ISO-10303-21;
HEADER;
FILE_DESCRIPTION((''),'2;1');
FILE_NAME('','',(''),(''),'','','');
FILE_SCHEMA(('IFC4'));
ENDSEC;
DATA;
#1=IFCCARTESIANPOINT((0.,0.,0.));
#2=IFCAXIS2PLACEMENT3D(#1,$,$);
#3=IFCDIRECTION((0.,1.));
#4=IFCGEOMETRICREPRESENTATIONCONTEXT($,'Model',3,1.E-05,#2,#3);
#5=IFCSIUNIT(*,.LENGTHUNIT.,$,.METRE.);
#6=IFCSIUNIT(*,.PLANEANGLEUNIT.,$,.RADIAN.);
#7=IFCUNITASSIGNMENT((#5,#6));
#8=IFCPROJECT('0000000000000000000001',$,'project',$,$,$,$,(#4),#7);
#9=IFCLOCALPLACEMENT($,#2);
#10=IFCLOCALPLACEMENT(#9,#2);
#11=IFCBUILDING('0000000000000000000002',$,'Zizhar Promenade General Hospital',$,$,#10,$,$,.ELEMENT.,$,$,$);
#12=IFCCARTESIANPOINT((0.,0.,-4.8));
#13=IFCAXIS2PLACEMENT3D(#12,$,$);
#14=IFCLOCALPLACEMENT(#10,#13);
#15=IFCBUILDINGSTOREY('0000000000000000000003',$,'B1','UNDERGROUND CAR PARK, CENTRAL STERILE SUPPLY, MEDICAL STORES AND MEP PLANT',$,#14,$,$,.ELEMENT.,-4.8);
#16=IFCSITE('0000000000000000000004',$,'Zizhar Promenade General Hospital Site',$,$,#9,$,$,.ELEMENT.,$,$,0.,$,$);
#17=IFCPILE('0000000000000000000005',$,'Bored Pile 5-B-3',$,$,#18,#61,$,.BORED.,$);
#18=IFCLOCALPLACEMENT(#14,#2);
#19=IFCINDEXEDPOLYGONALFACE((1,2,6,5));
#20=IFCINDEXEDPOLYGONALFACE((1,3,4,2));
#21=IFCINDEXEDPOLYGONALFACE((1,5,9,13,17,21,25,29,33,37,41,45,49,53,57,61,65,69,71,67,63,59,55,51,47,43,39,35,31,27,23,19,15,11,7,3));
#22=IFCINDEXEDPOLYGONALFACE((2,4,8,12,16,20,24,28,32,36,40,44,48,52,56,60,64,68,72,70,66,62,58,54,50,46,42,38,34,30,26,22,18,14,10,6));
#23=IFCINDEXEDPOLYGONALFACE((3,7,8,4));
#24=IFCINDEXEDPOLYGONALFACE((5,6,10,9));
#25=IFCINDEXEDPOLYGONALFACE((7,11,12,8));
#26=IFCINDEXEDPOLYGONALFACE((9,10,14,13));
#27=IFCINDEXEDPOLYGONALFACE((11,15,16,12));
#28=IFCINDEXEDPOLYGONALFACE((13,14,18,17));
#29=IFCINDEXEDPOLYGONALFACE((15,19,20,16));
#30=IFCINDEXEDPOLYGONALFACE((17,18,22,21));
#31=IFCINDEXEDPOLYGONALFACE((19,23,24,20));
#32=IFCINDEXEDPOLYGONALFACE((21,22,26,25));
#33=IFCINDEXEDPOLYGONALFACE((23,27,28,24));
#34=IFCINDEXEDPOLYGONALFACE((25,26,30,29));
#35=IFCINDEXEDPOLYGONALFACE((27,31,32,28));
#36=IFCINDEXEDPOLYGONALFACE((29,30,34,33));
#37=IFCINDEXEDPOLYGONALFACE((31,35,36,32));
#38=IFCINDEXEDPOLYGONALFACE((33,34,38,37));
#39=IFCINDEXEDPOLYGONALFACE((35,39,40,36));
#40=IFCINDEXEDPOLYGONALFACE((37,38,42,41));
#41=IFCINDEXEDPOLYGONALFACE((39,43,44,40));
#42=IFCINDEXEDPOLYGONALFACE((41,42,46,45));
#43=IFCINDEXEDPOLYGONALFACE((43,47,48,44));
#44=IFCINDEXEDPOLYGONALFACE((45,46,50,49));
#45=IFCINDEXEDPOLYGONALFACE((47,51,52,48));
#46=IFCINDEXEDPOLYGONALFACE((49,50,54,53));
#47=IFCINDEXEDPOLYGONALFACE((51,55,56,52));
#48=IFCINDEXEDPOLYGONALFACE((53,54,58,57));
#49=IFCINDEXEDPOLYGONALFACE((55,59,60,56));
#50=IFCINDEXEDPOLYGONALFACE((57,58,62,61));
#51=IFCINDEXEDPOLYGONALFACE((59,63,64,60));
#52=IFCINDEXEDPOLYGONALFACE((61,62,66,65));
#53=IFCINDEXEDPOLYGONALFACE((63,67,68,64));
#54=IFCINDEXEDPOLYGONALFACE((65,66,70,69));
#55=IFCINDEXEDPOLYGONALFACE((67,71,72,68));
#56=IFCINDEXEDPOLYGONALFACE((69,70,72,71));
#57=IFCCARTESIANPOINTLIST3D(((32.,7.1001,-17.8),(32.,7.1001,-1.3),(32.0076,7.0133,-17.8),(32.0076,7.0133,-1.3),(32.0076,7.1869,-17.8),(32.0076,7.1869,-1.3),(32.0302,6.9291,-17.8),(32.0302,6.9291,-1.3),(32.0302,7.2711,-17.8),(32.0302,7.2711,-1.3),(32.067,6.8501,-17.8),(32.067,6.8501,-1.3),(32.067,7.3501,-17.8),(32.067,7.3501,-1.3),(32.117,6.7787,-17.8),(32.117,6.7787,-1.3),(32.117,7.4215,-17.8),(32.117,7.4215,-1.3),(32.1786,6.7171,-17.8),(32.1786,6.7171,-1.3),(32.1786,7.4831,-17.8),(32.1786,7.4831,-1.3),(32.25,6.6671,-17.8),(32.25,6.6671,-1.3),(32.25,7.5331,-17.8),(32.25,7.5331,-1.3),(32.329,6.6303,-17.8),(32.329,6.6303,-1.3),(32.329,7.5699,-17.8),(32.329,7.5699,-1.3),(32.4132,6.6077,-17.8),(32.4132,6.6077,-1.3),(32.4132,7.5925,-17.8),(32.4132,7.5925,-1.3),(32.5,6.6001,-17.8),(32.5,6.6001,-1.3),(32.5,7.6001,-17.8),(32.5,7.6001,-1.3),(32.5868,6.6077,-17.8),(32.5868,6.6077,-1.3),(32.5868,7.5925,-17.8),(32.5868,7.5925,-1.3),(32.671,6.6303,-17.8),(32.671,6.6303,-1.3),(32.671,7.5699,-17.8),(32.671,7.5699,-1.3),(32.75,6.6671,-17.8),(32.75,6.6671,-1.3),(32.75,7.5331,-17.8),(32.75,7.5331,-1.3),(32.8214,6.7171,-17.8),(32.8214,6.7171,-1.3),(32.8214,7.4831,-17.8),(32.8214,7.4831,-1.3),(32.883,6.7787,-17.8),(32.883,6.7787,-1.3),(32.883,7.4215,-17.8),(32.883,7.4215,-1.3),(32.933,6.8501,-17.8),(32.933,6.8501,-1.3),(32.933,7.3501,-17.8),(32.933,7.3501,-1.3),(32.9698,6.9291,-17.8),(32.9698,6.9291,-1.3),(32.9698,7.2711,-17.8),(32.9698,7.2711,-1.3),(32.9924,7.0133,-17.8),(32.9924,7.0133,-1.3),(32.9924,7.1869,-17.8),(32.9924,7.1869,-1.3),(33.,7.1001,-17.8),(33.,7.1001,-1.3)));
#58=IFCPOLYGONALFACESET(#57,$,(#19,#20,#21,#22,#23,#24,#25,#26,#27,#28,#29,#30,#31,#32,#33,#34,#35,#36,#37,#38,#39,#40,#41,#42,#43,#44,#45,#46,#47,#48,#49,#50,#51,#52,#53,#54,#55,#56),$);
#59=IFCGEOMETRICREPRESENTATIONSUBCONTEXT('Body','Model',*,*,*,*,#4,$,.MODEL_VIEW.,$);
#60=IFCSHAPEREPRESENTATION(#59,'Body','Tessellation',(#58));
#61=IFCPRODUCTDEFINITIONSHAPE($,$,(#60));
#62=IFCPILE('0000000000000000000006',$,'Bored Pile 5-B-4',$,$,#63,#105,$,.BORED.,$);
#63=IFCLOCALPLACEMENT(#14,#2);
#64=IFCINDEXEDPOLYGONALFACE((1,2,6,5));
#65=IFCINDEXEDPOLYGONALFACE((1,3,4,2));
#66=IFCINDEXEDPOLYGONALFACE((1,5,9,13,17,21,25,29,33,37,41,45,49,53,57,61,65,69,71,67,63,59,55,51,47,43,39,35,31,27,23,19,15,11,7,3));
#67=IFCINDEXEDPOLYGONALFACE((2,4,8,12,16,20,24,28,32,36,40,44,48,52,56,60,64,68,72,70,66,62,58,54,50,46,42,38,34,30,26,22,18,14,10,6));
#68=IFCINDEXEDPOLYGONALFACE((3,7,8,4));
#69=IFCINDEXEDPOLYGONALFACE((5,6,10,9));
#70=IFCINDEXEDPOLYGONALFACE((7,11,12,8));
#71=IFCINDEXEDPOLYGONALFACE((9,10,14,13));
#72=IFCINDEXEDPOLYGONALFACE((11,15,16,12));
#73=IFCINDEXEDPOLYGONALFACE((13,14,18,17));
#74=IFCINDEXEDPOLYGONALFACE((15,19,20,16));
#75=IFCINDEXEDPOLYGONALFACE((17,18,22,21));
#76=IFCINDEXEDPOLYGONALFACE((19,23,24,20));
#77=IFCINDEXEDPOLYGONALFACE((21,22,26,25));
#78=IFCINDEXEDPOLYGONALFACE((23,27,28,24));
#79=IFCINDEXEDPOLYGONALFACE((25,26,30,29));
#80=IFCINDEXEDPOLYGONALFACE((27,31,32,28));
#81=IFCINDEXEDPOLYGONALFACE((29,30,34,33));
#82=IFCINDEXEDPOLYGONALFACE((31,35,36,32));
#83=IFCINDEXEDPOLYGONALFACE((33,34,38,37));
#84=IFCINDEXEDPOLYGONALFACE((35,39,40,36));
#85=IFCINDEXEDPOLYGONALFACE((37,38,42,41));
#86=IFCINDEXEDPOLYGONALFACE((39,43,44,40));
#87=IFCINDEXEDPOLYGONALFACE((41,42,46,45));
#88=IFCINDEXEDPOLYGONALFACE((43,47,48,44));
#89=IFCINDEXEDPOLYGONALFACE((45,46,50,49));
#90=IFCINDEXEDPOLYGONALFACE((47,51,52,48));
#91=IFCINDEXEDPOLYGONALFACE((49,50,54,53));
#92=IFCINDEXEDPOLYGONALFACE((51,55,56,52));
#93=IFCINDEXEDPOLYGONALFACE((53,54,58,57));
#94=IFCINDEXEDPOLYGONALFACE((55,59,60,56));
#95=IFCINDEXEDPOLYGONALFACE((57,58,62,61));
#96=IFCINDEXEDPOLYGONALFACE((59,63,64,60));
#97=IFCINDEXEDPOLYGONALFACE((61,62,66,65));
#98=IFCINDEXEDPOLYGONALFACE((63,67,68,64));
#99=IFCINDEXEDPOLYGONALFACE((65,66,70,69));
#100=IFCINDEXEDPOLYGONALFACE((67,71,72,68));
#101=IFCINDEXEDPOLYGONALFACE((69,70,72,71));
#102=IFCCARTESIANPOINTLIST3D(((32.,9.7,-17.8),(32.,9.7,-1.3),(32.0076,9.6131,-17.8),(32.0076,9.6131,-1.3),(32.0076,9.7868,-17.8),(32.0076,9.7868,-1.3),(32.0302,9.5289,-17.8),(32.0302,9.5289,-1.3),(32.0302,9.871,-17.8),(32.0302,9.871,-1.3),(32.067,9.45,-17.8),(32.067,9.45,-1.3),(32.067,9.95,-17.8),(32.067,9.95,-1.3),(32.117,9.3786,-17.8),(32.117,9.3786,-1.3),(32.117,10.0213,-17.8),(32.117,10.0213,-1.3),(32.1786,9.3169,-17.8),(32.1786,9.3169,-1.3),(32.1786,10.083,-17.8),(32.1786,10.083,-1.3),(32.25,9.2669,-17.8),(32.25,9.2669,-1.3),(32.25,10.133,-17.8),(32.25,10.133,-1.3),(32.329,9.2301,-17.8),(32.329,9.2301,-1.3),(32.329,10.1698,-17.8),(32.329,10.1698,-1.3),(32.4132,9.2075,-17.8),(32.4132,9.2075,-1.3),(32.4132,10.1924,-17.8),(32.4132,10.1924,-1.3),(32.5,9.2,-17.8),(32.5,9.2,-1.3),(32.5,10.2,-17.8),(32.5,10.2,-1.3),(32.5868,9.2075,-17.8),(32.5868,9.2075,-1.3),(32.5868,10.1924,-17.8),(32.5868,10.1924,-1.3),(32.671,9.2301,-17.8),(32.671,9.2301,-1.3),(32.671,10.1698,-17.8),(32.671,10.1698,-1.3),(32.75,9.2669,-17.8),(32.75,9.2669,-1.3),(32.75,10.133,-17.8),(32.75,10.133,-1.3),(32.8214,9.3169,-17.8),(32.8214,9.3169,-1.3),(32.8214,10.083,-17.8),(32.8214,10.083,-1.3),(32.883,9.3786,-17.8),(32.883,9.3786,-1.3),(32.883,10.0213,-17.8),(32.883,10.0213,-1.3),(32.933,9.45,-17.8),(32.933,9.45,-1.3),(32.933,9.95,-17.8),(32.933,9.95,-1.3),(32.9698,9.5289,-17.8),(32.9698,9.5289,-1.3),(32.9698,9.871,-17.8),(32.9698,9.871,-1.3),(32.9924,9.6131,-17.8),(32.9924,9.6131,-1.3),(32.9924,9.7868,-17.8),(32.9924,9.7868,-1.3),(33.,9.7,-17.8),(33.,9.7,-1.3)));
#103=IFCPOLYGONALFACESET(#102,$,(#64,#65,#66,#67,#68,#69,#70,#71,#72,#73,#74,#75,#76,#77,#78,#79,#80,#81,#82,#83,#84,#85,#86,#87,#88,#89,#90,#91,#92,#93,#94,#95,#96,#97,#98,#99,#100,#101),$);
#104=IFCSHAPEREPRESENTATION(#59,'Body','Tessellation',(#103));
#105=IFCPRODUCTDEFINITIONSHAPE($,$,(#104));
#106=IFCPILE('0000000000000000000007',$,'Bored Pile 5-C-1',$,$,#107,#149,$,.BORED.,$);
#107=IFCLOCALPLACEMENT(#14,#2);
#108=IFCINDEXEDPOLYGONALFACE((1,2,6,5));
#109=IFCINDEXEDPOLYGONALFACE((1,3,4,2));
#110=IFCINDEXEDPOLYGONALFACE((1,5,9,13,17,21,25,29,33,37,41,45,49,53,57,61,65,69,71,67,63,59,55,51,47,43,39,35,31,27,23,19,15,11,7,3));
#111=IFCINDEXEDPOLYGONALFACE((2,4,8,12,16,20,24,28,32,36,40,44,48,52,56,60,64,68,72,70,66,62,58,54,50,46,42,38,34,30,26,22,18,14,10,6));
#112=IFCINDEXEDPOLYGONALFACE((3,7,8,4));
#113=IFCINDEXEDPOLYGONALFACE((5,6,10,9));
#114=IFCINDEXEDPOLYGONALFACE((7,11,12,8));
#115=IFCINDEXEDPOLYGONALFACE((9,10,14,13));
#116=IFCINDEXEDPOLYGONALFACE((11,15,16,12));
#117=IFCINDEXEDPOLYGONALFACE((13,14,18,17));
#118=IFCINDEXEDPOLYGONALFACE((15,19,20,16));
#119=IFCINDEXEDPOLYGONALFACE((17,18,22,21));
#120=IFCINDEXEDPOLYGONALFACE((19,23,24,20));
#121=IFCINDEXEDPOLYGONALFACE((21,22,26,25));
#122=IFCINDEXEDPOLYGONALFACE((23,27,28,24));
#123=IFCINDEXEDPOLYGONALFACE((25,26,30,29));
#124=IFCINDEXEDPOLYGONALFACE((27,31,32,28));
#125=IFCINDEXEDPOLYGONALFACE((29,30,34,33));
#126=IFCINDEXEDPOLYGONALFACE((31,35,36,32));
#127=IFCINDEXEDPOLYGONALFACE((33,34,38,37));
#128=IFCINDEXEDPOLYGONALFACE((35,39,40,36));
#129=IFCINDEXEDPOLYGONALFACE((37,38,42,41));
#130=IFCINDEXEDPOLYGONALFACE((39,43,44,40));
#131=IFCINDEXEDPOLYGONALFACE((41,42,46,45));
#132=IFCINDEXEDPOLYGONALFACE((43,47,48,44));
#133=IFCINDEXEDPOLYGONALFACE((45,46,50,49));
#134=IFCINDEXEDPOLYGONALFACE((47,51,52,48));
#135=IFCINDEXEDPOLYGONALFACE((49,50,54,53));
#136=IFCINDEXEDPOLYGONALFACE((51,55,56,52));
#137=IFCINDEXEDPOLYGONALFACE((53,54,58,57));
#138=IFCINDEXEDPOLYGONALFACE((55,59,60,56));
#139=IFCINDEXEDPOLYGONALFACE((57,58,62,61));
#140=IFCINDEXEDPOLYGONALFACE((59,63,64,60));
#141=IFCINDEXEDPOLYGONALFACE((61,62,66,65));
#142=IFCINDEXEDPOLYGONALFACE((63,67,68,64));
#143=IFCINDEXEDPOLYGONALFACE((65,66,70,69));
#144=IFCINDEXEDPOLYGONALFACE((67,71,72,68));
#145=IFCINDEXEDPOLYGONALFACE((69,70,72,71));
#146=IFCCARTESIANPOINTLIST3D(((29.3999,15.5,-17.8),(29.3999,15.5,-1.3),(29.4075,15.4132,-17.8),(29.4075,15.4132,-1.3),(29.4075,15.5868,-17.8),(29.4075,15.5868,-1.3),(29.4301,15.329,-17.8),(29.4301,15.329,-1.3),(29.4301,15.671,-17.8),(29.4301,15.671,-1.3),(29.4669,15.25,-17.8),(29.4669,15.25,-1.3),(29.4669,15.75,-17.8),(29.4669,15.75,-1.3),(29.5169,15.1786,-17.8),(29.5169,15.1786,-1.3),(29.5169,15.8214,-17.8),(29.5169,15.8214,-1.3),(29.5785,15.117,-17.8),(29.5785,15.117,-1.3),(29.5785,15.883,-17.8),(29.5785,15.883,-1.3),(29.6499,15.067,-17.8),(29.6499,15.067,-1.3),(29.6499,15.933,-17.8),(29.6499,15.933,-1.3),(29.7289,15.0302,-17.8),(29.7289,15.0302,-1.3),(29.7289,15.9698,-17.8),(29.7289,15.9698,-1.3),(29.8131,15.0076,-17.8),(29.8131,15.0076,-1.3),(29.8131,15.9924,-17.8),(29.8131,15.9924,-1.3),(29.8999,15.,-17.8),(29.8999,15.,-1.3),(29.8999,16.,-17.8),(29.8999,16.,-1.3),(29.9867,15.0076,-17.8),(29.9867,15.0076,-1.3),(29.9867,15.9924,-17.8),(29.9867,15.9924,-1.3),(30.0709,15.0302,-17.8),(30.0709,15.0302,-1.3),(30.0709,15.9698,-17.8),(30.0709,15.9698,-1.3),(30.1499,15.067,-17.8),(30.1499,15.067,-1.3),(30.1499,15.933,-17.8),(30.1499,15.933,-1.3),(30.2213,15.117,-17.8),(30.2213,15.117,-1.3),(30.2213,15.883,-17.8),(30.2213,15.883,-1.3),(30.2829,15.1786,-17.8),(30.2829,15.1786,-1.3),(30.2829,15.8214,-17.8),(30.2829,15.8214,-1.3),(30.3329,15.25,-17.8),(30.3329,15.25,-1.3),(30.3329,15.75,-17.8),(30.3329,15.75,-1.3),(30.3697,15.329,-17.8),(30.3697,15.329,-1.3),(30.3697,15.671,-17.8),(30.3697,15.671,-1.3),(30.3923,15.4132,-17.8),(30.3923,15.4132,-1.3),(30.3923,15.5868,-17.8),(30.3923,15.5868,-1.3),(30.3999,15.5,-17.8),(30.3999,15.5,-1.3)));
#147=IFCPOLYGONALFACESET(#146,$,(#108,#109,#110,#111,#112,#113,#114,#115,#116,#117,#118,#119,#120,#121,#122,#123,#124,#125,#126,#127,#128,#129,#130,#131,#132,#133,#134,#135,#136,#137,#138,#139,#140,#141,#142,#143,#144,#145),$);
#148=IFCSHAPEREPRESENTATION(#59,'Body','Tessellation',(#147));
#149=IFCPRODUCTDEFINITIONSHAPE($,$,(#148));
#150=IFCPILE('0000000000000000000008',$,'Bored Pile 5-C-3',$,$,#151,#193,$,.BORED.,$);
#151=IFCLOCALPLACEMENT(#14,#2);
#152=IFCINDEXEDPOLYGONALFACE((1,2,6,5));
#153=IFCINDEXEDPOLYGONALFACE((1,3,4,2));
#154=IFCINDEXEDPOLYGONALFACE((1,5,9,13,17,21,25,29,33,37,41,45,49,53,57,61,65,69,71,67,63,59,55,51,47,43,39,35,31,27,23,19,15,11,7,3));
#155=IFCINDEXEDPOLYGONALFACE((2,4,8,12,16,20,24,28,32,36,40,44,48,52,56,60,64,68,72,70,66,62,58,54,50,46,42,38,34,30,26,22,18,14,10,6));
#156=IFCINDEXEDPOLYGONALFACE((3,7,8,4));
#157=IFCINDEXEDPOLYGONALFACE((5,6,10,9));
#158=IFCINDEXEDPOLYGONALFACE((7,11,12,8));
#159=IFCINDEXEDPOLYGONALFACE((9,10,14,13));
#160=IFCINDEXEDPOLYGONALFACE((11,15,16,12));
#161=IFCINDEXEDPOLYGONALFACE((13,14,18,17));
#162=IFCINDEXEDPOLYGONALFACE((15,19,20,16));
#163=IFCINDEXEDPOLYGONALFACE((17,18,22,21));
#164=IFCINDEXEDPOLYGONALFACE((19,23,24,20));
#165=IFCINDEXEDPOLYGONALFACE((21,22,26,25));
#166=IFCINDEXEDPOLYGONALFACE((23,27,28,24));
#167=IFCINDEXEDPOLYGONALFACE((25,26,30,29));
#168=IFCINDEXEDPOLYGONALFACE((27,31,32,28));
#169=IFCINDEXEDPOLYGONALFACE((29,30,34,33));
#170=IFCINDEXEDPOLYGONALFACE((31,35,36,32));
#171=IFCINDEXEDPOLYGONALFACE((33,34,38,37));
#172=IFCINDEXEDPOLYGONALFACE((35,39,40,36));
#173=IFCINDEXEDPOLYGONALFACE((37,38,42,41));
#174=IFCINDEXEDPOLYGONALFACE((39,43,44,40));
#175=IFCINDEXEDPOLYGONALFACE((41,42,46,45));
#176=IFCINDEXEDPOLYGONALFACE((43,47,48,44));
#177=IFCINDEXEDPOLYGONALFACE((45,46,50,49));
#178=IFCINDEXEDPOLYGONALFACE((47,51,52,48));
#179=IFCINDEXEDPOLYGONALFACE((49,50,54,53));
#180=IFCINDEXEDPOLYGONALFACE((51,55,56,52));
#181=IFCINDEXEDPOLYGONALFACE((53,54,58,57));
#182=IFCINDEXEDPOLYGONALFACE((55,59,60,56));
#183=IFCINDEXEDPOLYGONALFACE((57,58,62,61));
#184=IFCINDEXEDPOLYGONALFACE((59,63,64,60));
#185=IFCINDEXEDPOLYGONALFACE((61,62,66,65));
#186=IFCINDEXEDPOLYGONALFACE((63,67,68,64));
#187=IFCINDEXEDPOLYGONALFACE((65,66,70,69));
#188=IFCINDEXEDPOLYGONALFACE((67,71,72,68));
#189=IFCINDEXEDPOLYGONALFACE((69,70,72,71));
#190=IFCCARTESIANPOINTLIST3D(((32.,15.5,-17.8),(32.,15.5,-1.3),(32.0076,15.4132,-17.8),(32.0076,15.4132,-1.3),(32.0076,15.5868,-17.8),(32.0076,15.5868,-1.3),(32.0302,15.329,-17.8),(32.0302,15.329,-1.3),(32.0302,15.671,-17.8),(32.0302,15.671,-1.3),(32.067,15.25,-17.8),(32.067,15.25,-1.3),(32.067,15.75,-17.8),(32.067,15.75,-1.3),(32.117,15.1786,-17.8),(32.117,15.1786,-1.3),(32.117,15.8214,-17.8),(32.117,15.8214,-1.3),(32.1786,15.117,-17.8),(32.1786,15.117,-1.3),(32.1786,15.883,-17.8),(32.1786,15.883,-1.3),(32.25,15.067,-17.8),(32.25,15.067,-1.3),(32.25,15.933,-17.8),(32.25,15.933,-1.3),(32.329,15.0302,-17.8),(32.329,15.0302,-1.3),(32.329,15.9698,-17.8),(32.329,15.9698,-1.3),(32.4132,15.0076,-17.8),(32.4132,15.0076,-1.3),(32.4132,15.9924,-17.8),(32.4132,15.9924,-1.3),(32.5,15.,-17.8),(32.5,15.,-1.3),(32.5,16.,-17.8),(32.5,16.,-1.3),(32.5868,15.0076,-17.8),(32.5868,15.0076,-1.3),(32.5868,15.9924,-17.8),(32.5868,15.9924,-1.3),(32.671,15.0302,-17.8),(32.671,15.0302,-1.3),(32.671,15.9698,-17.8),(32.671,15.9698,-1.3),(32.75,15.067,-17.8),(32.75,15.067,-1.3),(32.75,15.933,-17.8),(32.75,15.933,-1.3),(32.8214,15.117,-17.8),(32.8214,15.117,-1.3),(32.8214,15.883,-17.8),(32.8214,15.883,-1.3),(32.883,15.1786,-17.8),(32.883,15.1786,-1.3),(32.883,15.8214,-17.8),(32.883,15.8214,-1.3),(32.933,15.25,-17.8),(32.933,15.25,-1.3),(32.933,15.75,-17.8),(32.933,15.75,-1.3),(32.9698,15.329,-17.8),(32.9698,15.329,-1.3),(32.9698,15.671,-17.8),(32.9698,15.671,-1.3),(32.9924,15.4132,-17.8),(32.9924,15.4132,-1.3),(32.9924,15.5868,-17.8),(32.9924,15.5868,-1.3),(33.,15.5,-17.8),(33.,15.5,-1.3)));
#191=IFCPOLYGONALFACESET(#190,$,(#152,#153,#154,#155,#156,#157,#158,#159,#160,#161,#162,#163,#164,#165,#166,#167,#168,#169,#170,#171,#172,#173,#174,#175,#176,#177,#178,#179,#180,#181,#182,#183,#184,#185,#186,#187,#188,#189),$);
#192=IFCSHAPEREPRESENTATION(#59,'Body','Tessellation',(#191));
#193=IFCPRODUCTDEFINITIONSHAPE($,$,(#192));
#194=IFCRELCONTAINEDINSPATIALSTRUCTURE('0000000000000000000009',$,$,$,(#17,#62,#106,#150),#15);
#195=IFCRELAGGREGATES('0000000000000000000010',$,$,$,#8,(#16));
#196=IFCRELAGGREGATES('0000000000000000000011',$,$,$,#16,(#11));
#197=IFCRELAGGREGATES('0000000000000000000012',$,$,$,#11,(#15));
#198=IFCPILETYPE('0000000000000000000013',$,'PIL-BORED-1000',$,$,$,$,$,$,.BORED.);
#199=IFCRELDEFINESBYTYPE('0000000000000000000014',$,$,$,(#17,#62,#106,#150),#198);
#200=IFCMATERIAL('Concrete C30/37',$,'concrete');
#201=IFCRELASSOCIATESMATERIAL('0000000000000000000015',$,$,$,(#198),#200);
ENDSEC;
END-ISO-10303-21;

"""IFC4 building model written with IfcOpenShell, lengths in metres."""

from ifc_helpers import new_model, si_unit, direction, frame, origin, origin_2d, place, context, subcontext, project, spatial, circle, extrude, material, material_profile, profile_set, type_object, element, save


model = new_model("IFC4")

# Units and contexts
model_context = context("Model", 3, precision=1e-05, world=origin(), true_north=direction((0.0, 1.0)))
body_context = subcontext(model_context, "Body", "Model", "MODEL_VIEW")
ifc_project = project(units=[si_unit("LENGTHUNIT", "METRE"), si_unit("PLANEANGLEUNIT", "RADIAN")], contexts=[model_context])

# Site, building, storey
site_placement = place(None, origin())
site = spatial("IfcSite", under=ifc_project, at=site_placement, Name="Zizhar Promenade General Hospital Site", CompositionType="ELEMENT", RefElevation=0.0)
building_placement = place(site_placement, origin())
building = spatial("IfcBuilding", under=site, at=building_placement, Name="Zizhar Promenade General Hospital", CompositionType="ELEMENT")
storey_placement = place(building_placement, frame((0.0, 0.0, -4.8)))
storey = spatial("IfcBuildingStorey", under=building, at=storey_placement, Name="B1", Description="UNDERGROUND CAR PARK, CENTRAL STERILE SUPPLY, MEDICAL STORES AND MEP PLANT", CompositionType="ELEMENT", Elevation=-4.8)

# Piles
ifc_material_1 = material(Name="Concrete C30/37", Category="concrete")
ifc_material_profile_1 = material_profile(ifc_material_1, circle(Radius=0.5, at=origin_2d()))
ifc_profile_set_1 = profile_set([ifc_material_profile_1], Name="Concrete C30/37")
pile_type = type_object("IfcPileType", Name="PIL-BORED-1000", PredefinedType="BORED", material=ifc_profile_set_1)
for number, where, z_axis, x_axis, name in (
    (1, (32.5, 7.1001, -1.3), (0.0, 0.0, -1.0), (1.0, 0.0, 0.0), "Bored Pile 5-B-3"),
    (2, (32.5, 9.7, -1.3), (0.0, 0.0, -1.0), (1.0, 0.0, 0.0), "Bored Pile 5-B-4"),
    (3, (29.8999, 15.5, -1.3), (0.0, 0.0, -1.0), (1.0, 0.0, 0.0), "Bored Pile 5-C-1"),
    (4, (32.5, 15.5, -1.3), (0.0, 0.0, -1.0), (1.0, 0.0, 0.0), "Bored Pile 5-C-3"),
):
    element("IfcPile", number, at=place(storey_placement, frame(where, z_axis=z_axis, x_axis=x_axis)), inside=storey, type_object=pile_type, Name=name, PredefinedType="BORED", context=body_context, shape_type="SweptSolid", body=[
        extrude(circle(Radius=0.5, at=origin_2d()), origin(), (0.0, 0.0, 1.0), 16.5),
    ])

save(model, "model.ifc")
